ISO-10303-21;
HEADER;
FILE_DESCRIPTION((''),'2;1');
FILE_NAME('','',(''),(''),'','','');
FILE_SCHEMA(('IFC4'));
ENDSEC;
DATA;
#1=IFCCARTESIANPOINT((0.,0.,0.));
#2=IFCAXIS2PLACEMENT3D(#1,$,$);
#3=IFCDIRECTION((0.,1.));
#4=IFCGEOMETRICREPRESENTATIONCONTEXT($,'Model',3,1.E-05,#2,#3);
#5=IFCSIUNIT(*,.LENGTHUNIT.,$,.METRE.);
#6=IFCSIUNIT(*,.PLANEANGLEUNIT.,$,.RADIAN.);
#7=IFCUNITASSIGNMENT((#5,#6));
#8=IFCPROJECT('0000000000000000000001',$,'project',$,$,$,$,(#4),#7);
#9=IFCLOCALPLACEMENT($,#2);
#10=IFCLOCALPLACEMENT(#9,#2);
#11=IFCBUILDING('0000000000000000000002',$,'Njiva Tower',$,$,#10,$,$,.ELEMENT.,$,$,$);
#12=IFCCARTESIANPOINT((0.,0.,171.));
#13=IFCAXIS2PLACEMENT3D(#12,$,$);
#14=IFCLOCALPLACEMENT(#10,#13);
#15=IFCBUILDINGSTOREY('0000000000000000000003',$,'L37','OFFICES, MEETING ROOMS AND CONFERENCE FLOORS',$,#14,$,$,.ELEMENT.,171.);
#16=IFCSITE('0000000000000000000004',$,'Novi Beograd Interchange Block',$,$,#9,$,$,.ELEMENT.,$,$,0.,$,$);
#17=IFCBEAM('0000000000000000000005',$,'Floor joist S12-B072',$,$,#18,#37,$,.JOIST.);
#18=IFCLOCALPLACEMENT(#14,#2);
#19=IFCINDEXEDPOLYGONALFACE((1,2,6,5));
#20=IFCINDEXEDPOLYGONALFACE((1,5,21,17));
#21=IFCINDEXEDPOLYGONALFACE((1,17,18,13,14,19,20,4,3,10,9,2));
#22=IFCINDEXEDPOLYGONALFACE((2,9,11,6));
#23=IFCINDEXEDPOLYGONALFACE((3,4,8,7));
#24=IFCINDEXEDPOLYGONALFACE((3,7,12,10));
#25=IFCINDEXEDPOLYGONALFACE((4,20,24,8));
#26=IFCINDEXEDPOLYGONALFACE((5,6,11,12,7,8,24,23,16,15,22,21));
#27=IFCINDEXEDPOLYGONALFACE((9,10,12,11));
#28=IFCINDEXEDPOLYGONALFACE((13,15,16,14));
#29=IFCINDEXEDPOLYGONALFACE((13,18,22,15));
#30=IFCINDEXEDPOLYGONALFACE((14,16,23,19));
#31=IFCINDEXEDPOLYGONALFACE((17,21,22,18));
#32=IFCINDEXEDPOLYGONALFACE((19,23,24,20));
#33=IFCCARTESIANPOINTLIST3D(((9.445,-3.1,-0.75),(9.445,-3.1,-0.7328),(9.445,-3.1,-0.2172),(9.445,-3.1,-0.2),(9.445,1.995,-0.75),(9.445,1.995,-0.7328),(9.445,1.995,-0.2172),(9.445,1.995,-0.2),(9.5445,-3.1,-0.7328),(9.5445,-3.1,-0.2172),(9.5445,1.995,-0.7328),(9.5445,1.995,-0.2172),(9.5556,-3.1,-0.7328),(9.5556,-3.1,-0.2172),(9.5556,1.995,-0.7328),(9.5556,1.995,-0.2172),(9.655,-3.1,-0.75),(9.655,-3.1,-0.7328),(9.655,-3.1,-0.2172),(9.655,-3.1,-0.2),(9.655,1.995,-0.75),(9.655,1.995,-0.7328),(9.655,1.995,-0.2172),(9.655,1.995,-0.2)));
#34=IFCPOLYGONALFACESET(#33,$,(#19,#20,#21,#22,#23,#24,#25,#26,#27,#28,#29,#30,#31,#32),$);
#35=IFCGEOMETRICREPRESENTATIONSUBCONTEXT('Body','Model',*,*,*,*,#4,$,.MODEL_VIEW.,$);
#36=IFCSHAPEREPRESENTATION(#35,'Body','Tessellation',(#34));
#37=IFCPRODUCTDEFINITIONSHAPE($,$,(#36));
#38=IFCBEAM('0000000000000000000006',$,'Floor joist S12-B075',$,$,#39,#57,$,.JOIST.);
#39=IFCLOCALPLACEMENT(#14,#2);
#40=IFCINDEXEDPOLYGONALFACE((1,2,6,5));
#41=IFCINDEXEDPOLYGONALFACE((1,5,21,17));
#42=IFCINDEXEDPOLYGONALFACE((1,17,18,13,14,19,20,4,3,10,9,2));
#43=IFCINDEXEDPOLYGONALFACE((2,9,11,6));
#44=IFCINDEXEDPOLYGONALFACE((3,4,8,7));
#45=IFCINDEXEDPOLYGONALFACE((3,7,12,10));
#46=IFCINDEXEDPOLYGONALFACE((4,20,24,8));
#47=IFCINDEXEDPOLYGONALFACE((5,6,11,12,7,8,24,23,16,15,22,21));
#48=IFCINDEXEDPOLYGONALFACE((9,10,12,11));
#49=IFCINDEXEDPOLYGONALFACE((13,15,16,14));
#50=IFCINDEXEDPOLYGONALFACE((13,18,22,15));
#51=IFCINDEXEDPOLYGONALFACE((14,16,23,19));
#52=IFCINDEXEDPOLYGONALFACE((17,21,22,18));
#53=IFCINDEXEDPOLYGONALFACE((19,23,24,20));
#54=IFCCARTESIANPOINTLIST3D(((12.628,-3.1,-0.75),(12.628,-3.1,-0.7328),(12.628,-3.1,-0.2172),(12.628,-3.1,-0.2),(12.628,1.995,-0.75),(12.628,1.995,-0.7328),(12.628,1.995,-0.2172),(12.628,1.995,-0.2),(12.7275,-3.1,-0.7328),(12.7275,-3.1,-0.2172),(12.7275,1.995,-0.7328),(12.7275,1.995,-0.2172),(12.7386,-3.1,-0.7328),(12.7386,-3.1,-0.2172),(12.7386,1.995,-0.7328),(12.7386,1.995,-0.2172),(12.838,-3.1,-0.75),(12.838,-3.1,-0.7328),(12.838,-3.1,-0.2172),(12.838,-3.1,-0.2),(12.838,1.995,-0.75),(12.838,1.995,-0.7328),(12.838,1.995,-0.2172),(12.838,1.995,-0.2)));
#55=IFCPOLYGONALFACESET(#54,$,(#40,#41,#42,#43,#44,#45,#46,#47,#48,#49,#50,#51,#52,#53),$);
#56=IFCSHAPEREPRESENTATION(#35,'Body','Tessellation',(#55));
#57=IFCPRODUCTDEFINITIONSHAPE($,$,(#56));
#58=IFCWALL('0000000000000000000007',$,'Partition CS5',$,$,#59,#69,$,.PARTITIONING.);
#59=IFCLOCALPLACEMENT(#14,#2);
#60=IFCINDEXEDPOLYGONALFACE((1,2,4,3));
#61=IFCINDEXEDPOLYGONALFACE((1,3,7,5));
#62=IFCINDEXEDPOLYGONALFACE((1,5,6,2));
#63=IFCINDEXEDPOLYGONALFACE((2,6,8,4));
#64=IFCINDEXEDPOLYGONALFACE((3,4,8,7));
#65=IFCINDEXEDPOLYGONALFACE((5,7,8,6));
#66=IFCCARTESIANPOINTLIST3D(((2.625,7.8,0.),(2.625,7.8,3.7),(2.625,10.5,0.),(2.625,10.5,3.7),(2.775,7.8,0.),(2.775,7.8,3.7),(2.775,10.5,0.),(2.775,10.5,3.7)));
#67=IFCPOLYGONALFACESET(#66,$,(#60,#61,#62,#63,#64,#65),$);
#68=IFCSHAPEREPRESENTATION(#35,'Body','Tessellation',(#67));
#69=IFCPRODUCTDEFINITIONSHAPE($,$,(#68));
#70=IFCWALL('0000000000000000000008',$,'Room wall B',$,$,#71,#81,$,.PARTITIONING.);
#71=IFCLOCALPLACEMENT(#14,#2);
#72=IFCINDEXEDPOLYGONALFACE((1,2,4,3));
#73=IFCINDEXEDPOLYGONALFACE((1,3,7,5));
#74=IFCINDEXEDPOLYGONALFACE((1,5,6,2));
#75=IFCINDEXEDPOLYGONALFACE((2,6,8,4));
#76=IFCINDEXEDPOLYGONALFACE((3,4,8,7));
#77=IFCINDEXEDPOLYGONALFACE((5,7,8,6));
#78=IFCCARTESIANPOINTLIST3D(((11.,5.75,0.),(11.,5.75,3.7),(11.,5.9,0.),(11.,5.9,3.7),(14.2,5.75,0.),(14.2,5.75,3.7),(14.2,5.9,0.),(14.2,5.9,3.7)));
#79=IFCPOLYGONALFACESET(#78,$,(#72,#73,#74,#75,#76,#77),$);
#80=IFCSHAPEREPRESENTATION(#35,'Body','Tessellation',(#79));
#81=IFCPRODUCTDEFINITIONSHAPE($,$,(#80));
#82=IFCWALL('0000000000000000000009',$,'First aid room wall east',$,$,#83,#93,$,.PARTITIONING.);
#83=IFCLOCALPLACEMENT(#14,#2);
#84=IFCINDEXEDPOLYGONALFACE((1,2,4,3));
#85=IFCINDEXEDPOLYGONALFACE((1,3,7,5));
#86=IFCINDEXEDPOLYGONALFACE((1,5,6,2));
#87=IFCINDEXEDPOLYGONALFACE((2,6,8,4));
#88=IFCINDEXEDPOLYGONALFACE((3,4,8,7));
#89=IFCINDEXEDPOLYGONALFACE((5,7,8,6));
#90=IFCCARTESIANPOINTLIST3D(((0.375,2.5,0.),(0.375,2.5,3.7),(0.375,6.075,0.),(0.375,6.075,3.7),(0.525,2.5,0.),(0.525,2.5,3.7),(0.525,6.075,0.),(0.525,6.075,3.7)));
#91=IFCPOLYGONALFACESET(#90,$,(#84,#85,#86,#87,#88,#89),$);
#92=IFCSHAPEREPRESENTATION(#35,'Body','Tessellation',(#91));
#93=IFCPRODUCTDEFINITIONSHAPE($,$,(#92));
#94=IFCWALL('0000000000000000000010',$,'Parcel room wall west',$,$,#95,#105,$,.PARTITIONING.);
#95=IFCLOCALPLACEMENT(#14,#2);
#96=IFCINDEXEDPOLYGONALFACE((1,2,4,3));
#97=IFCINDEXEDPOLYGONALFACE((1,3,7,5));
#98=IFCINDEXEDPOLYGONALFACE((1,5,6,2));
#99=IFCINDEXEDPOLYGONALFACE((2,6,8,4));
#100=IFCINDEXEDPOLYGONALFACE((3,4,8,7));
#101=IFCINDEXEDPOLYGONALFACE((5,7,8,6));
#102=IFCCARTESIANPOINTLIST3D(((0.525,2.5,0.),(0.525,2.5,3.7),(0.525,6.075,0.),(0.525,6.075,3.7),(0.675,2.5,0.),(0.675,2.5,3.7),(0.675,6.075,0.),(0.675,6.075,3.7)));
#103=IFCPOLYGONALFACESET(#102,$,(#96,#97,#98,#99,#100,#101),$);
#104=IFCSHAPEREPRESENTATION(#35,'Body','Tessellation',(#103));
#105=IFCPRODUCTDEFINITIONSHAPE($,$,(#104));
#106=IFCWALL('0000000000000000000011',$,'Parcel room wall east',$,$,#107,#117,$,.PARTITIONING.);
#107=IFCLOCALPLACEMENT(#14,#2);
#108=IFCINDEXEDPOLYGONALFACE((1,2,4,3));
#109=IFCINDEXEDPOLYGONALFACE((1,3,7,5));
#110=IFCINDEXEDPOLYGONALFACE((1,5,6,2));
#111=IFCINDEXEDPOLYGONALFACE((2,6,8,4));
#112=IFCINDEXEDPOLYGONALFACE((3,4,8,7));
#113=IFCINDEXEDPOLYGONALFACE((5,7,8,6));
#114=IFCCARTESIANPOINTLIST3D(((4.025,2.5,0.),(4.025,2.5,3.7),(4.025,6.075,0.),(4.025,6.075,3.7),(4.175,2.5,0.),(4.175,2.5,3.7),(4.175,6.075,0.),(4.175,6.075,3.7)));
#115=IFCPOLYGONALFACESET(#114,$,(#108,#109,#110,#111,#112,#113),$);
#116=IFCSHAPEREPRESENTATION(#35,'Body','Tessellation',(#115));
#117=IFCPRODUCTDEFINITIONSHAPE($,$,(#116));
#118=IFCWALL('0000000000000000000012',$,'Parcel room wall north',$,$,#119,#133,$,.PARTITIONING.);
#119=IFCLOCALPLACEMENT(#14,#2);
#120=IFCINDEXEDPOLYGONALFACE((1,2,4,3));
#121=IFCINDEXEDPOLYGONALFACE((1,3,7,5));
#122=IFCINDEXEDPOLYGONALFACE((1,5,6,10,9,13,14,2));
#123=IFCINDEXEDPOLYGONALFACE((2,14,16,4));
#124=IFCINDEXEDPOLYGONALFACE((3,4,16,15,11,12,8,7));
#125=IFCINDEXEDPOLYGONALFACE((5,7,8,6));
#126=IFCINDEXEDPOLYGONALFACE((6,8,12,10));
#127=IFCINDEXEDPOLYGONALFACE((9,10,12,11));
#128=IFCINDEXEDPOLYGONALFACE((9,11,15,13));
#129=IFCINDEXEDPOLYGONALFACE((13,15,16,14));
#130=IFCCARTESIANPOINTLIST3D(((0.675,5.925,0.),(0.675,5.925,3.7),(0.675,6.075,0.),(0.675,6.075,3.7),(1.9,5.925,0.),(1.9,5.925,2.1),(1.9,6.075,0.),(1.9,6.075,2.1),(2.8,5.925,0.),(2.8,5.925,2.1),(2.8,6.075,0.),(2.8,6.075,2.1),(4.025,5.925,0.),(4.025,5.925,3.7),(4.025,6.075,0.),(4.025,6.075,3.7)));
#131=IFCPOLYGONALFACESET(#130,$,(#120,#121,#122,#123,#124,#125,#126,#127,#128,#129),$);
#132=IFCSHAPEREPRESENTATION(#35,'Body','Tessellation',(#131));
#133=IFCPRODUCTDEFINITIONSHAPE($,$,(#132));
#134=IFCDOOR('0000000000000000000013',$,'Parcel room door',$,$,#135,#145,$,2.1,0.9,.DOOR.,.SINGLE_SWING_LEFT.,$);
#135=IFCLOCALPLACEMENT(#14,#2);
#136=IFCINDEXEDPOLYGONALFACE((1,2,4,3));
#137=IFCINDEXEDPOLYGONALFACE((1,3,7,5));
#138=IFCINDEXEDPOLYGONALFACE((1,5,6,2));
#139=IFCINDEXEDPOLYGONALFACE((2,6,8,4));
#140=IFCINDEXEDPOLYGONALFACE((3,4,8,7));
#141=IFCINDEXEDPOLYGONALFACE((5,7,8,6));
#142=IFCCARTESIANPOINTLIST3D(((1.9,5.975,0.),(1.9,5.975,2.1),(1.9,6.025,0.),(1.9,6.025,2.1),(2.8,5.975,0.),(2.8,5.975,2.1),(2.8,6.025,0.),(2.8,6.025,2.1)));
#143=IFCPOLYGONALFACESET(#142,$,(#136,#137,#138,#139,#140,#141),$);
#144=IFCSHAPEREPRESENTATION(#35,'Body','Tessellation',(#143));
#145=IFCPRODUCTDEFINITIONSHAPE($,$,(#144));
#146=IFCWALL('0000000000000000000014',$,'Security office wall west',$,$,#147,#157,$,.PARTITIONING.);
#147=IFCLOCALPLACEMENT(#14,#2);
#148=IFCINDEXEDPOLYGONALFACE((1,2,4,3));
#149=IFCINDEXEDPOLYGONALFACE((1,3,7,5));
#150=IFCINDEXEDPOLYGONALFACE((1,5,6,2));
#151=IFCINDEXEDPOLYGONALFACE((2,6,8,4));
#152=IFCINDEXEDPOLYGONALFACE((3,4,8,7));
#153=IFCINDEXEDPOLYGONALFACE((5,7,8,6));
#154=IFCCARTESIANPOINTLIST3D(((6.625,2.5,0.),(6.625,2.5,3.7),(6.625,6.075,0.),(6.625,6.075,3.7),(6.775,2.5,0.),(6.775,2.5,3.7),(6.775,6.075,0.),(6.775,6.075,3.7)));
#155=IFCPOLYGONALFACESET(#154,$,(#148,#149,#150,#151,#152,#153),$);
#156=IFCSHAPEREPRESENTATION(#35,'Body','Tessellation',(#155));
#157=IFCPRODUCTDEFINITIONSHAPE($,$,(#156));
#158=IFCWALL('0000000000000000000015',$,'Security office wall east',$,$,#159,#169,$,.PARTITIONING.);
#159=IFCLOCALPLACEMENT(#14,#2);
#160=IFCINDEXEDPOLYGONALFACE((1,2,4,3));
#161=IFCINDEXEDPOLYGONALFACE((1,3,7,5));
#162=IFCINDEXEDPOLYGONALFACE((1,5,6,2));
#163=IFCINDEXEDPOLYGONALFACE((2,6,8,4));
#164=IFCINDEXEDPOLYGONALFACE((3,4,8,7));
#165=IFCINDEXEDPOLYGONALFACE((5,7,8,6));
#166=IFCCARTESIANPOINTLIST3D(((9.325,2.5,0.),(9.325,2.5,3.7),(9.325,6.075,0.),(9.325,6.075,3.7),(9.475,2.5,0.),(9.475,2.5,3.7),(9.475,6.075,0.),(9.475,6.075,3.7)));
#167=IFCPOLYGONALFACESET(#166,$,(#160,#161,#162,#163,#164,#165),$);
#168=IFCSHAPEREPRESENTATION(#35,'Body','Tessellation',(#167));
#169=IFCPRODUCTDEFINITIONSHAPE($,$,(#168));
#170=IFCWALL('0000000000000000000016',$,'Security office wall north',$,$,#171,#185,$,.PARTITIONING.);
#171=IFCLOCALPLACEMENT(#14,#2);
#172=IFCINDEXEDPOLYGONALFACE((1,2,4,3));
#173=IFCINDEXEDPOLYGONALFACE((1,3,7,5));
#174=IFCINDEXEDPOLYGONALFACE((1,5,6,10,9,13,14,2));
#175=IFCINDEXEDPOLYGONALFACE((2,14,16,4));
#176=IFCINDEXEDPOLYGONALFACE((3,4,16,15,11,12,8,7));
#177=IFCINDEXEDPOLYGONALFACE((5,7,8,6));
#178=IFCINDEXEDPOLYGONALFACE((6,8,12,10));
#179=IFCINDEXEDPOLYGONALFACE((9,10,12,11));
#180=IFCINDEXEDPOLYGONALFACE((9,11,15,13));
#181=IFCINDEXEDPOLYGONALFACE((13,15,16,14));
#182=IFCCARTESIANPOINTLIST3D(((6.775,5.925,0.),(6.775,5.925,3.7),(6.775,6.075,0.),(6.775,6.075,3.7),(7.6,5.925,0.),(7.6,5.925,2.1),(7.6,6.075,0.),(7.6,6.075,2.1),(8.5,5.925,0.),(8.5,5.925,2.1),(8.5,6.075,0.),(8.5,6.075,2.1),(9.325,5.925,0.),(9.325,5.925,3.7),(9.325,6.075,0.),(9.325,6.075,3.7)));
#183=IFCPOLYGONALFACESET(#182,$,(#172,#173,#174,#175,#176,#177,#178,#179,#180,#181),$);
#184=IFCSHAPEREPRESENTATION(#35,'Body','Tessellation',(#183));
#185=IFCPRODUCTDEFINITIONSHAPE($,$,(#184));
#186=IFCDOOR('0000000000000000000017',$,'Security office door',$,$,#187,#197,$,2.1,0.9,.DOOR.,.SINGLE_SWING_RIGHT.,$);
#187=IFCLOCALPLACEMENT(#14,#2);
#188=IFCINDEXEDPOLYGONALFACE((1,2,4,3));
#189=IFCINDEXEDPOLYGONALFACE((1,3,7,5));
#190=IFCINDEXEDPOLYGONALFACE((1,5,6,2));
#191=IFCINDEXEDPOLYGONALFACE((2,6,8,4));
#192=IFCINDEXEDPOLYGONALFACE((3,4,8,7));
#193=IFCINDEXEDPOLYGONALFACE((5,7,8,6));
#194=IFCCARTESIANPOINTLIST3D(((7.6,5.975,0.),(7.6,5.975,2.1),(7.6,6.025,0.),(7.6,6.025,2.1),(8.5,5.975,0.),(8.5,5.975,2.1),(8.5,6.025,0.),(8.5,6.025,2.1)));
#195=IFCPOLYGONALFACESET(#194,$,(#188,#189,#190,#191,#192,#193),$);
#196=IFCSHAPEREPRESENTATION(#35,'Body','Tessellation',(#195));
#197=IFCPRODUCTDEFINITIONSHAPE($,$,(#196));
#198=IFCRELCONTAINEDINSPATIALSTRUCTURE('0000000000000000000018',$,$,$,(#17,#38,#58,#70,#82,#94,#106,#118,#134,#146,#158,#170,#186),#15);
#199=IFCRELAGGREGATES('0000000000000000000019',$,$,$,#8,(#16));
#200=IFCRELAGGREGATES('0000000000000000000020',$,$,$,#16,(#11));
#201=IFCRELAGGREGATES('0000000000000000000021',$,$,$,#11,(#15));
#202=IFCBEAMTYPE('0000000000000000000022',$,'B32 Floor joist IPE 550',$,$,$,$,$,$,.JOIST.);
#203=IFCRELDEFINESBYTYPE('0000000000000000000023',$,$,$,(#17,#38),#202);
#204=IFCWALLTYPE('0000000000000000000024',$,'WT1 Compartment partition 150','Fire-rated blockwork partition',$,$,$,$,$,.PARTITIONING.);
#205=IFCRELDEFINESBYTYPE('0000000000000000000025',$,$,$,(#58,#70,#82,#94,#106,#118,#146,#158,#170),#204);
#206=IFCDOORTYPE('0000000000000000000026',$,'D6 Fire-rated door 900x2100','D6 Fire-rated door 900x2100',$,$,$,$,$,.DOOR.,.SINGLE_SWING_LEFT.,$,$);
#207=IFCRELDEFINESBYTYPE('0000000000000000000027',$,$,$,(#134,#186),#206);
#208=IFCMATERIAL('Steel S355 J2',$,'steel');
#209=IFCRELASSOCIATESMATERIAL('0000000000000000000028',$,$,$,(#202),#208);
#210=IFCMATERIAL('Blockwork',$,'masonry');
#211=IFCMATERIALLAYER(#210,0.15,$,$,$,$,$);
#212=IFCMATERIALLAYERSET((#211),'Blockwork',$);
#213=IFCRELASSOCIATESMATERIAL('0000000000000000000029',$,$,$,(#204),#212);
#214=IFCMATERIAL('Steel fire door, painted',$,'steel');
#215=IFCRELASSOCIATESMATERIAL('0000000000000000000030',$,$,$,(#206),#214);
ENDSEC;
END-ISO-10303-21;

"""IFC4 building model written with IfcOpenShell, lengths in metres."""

from ifc_helpers import new_model, si_unit, direction, frame, frame_2d, origin, origin_2d, place, context, subcontext, project, spatial, rectangle, i_section, extrude, material, layer, layer_set, material_profile, profile_set, type_object, element, fill, save


model = new_model("IFC4")

# Units and contexts
model_context = context("Model", 3, precision=1e-05, world=origin(), true_north=direction((0.0, 1.0)))
body_context = subcontext(model_context, "Body", "Model", "MODEL_VIEW")
ifc_project = project(units=[si_unit("LENGTHUNIT", "METRE"), si_unit("PLANEANGLEUNIT", "RADIAN")], contexts=[model_context])

# Site, building, storey
site_placement = place(None, origin())
site = spatial("IfcSite", under=ifc_project, at=site_placement, Name="Novi Beograd Interchange Block", CompositionType="ELEMENT", RefElevation=0.0)
building_placement = place(site_placement, origin())
building = spatial("IfcBuilding", under=site, at=building_placement, Name="Njiva Tower", CompositionType="ELEMENT")
storey_placement = place(building_placement, frame((0.0, 0.0, 171.0)))
storey = spatial("IfcBuildingStorey", under=building, at=storey_placement, Name="L37", Description="OFFICES, MEETING ROOMS AND CONFERENCE FLOORS", CompositionType="ELEMENT", Elevation=171.0)

# Beams
ifc_material_1 = material(Name="Steel S355 J2", Category="steel")
ifc_material_profile = material_profile(ifc_material_1, i_section(OverallWidth=0.21, OverallDepth=0.55, WebThickness=0.0111, FlangeThickness=0.0172, at=origin_2d()), Name="IPE 550")
ifc_profile_set = profile_set([ifc_material_profile], Name="Steel S355 J2")
beam_type = type_object("IfcBeamType", Name="B32 Floor joist IPE 550", PredefinedType="JOIST", material=ifc_profile_set)
for number, where, z_axis, x_axis, name in (
    (1, (9.55, 1.995, -0.475), (0.0, -1.0, 0.0), (1.0, 0.0, 0.0), "Floor joist S12-B072"),
    (2, (12.733, 1.995, -0.475), (0.0, -1.0, 0.0), (1.0, 0.0, 0.0), "Floor joist S12-B075"),
):
    element("IfcBeam", number, at=place(storey_placement, frame(where, z_axis=z_axis, x_axis=x_axis)), inside=storey, type_object=beam_type, Name=name, PredefinedType="JOIST", context=body_context, shape_type="SweptSolid", body=[
        extrude(i_section(OverallWidth=0.21, OverallDepth=0.55, WebThickness=0.0111, FlangeThickness=0.0172, at=origin_2d()), origin(), (0.0, 0.0, 1.0), 5.095),
    ])

# Walls
ifc_material_2 = material(Name="Blockwork", Category="masonry")
ifc_layer_1 = layer(ifc_material_2, 0.15)
ifc_layer_set_1 = layer_set([ifc_layer_1], Name="Blockwork")
wall_type_1 = type_object("IfcWallType", Name="WT1 Compartment partition 150", Description="Fire-rated blockwork partition", PredefinedType="PARTITIONING", material=ifc_layer_set_1)
wall_1_placement = place(storey_placement, frame((2.7, 7.8, 0.0), z_axis=(0.0, 0.0, 1.0), x_axis=(0.0, 1.0, 0.0)))
element("IfcWall", 3, at=wall_1_placement, inside=storey, type_object=wall_type_1, Name="Partition CS5", PredefinedType="PARTITIONING", context=body_context, shape_type="SweptSolid", body=[
    extrude(rectangle(XDim=2.7, YDim=0.15, at=frame_2d((1.35, 0.0))), origin(), (0.0, 0.0, 1.0), 3.7),
])
wall_2_placement = place(storey_placement, frame((11.0, 5.825, 0.0), z_axis=(0.0, 0.0, 1.0), x_axis=(1.0, 0.0, 0.0)))
element("IfcWall", 4, at=wall_2_placement, inside=storey, type_object=wall_type_1, Name="Room wall B", PredefinedType="PARTITIONING", context=body_context, shape_type="SweptSolid", body=[
    extrude(rectangle(XDim=3.2, YDim=0.15, at=frame_2d((1.6, 0.0))), origin(), (0.0, 0.0, 1.0), 3.7),
])
for number, where, z_axis, x_axis, name in (
    (5, (0.45, 2.5, 0.0), (0.0, 0.0, 1.0), (0.0, 1.0, 0.0), "First aid room wall east"),
    (6, (0.6, 2.5, 0.0), (0.0, 0.0, 1.0), (0.0, 1.0, 0.0), "Parcel room wall west"),
    (7, (4.1, 2.5, 0.0), (0.0, 0.0, 1.0), (0.0, 1.0, 0.0), "Parcel room wall east"),
):
    element("IfcWall", number, at=place(storey_placement, frame(where, z_axis=z_axis, x_axis=x_axis)), inside=storey, type_object=wall_type_1, Name=name, PredefinedType="PARTITIONING", context=body_context, shape_type="SweptSolid", body=[
        extrude(rectangle(XDim=3.575, YDim=0.15, at=frame_2d((1.7875, 0.0))), origin(), (0.0, 0.0, 1.0), 3.7),
    ])

# Wall, opening, door
wall_3_placement = place(storey_placement, frame((0.675, 6.0, 0.0), z_axis=(0.0, 0.0, 1.0), x_axis=(1.0, 0.0, 0.0)))
wall_3 = element("IfcWall", 8, at=wall_3_placement, inside=storey, type_object=wall_type_1, Name="Parcel room wall north", PredefinedType="PARTITIONING", context=body_context, shape_type="SweptSolid", body=[
    extrude(rectangle(XDim=3.35, YDim=0.15, at=frame_2d((1.675, 0.0))), origin(), (0.0, 0.0, 1.0), 3.7),
])
opening_1_placement = place(wall_3_placement, frame((1.225, 0.0, 0.0)))
opening_1 = element("IfcOpeningElement", 9, at=opening_1_placement, cuts=wall_3, PredefinedType="OPENING", context=body_context, shape_type="SweptSolid", body=[
    extrude(rectangle(XDim=0.9, YDim=2.1, at=frame_2d((0.45, 1.05))), frame((0.0, 0.085, 0.0), z_axis=(0.0, -1.0, 0.0), x_axis=(1.0, 0.0, 0.0)), (0.0, 0.0, 1.0), 0.17),
])
ifc_material_3 = material(Name="Steel fire door, painted", Category="steel")
door_type_1 = type_object("IfcDoorType", Name="D6 Fire-rated door 900x2100", Description="D6 Fire-rated door 900x2100", OperationType="SINGLE_SWING_LEFT", PredefinedType="DOOR", material=ifc_material_3)
door_1_placement = place(opening_1_placement, origin())
door_1 = element("IfcDoor", 10, at=door_1_placement, inside=storey, type_object=door_type_1, Name="Parcel room door", OperationType="SINGLE_SWING_LEFT", OverallHeight=2.1, OverallWidth=0.9, PredefinedType="DOOR", context=body_context, shape_type="SweptSolid", body=[
    extrude(rectangle(XDim=0.9, YDim=2.1, at=frame_2d((0.45, 1.05))), frame((0.0, 0.025, 0.0), z_axis=(0.0, -1.0, 0.0), x_axis=(1.0, 0.0, 0.0)), (0.0, 0.0, 1.0), 0.05),
])
fill(opening_1, door_1)

# Walls
for number, where, z_axis, x_axis, name in (
    (11, (6.7, 2.5, 0.0), (0.0, 0.0, 1.0), (0.0, 1.0, 0.0), "Security office wall west"),
    (12, (9.4, 2.5, 0.0), (0.0, 0.0, 1.0), (0.0, 1.0, 0.0), "Security office wall east"),
):
    element("IfcWall", number, at=place(storey_placement, frame(where, z_axis=z_axis, x_axis=x_axis)), inside=storey, type_object=wall_type_1, Name=name, PredefinedType="PARTITIONING", context=body_context, shape_type="SweptSolid", body=[
        extrude(rectangle(XDim=3.575, YDim=0.15, at=frame_2d((1.7875, 0.0))), origin(), (0.0, 0.0, 1.0), 3.7),
    ])

# Wall, opening, door
wall_4_placement = place(storey_placement, frame((6.775, 6.0, 0.0), z_axis=(0.0, 0.0, 1.0), x_axis=(1.0, 0.0, 0.0)))
wall_4 = element("IfcWall", 13, at=wall_4_placement, inside=storey, type_object=wall_type_1, Name="Security office wall north", PredefinedType="PARTITIONING", context=body_context, shape_type="SweptSolid", body=[
    extrude(rectangle(XDim=2.55, YDim=0.15, at=frame_2d((1.275, 0.0))), origin(), (0.0, 0.0, 1.0), 3.7),
])
opening_2_placement = place(wall_4_placement, frame((0.825, 0.0, 0.0)))
opening_2 = element("IfcOpeningElement", 14, at=opening_2_placement, cuts=wall_4, PredefinedType="OPENING", context=body_context, shape_type="SweptSolid", body=[
    extrude(rectangle(XDim=0.9, YDim=2.1, at=frame_2d((0.45, 1.05))), frame((0.0, 0.085, 0.0), z_axis=(0.0, -1.0, 0.0), x_axis=(1.0, 0.0, 0.0)), (0.0, 0.0, 1.0), 0.17),
])
door_2_placement = place(opening_2_placement, origin())
door_2 = element("IfcDoor", 15, at=door_2_placement, inside=storey, type_object=door_type_1, Name="Security office door", OperationType="SINGLE_SWING_RIGHT", OverallHeight=2.1, OverallWidth=0.9, PredefinedType="DOOR", context=body_context, shape_type="SweptSolid", body=[
    extrude(rectangle(XDim=0.9, YDim=2.1, at=frame_2d((0.45, 1.05))), frame((0.0, 0.025, 0.0), z_axis=(0.0, -1.0, 0.0), x_axis=(1.0, 0.0, 0.0)), (0.0, 0.0, 1.0), 0.05),
])
fill(opening_2, door_2)

save(model, "model.ifc")
